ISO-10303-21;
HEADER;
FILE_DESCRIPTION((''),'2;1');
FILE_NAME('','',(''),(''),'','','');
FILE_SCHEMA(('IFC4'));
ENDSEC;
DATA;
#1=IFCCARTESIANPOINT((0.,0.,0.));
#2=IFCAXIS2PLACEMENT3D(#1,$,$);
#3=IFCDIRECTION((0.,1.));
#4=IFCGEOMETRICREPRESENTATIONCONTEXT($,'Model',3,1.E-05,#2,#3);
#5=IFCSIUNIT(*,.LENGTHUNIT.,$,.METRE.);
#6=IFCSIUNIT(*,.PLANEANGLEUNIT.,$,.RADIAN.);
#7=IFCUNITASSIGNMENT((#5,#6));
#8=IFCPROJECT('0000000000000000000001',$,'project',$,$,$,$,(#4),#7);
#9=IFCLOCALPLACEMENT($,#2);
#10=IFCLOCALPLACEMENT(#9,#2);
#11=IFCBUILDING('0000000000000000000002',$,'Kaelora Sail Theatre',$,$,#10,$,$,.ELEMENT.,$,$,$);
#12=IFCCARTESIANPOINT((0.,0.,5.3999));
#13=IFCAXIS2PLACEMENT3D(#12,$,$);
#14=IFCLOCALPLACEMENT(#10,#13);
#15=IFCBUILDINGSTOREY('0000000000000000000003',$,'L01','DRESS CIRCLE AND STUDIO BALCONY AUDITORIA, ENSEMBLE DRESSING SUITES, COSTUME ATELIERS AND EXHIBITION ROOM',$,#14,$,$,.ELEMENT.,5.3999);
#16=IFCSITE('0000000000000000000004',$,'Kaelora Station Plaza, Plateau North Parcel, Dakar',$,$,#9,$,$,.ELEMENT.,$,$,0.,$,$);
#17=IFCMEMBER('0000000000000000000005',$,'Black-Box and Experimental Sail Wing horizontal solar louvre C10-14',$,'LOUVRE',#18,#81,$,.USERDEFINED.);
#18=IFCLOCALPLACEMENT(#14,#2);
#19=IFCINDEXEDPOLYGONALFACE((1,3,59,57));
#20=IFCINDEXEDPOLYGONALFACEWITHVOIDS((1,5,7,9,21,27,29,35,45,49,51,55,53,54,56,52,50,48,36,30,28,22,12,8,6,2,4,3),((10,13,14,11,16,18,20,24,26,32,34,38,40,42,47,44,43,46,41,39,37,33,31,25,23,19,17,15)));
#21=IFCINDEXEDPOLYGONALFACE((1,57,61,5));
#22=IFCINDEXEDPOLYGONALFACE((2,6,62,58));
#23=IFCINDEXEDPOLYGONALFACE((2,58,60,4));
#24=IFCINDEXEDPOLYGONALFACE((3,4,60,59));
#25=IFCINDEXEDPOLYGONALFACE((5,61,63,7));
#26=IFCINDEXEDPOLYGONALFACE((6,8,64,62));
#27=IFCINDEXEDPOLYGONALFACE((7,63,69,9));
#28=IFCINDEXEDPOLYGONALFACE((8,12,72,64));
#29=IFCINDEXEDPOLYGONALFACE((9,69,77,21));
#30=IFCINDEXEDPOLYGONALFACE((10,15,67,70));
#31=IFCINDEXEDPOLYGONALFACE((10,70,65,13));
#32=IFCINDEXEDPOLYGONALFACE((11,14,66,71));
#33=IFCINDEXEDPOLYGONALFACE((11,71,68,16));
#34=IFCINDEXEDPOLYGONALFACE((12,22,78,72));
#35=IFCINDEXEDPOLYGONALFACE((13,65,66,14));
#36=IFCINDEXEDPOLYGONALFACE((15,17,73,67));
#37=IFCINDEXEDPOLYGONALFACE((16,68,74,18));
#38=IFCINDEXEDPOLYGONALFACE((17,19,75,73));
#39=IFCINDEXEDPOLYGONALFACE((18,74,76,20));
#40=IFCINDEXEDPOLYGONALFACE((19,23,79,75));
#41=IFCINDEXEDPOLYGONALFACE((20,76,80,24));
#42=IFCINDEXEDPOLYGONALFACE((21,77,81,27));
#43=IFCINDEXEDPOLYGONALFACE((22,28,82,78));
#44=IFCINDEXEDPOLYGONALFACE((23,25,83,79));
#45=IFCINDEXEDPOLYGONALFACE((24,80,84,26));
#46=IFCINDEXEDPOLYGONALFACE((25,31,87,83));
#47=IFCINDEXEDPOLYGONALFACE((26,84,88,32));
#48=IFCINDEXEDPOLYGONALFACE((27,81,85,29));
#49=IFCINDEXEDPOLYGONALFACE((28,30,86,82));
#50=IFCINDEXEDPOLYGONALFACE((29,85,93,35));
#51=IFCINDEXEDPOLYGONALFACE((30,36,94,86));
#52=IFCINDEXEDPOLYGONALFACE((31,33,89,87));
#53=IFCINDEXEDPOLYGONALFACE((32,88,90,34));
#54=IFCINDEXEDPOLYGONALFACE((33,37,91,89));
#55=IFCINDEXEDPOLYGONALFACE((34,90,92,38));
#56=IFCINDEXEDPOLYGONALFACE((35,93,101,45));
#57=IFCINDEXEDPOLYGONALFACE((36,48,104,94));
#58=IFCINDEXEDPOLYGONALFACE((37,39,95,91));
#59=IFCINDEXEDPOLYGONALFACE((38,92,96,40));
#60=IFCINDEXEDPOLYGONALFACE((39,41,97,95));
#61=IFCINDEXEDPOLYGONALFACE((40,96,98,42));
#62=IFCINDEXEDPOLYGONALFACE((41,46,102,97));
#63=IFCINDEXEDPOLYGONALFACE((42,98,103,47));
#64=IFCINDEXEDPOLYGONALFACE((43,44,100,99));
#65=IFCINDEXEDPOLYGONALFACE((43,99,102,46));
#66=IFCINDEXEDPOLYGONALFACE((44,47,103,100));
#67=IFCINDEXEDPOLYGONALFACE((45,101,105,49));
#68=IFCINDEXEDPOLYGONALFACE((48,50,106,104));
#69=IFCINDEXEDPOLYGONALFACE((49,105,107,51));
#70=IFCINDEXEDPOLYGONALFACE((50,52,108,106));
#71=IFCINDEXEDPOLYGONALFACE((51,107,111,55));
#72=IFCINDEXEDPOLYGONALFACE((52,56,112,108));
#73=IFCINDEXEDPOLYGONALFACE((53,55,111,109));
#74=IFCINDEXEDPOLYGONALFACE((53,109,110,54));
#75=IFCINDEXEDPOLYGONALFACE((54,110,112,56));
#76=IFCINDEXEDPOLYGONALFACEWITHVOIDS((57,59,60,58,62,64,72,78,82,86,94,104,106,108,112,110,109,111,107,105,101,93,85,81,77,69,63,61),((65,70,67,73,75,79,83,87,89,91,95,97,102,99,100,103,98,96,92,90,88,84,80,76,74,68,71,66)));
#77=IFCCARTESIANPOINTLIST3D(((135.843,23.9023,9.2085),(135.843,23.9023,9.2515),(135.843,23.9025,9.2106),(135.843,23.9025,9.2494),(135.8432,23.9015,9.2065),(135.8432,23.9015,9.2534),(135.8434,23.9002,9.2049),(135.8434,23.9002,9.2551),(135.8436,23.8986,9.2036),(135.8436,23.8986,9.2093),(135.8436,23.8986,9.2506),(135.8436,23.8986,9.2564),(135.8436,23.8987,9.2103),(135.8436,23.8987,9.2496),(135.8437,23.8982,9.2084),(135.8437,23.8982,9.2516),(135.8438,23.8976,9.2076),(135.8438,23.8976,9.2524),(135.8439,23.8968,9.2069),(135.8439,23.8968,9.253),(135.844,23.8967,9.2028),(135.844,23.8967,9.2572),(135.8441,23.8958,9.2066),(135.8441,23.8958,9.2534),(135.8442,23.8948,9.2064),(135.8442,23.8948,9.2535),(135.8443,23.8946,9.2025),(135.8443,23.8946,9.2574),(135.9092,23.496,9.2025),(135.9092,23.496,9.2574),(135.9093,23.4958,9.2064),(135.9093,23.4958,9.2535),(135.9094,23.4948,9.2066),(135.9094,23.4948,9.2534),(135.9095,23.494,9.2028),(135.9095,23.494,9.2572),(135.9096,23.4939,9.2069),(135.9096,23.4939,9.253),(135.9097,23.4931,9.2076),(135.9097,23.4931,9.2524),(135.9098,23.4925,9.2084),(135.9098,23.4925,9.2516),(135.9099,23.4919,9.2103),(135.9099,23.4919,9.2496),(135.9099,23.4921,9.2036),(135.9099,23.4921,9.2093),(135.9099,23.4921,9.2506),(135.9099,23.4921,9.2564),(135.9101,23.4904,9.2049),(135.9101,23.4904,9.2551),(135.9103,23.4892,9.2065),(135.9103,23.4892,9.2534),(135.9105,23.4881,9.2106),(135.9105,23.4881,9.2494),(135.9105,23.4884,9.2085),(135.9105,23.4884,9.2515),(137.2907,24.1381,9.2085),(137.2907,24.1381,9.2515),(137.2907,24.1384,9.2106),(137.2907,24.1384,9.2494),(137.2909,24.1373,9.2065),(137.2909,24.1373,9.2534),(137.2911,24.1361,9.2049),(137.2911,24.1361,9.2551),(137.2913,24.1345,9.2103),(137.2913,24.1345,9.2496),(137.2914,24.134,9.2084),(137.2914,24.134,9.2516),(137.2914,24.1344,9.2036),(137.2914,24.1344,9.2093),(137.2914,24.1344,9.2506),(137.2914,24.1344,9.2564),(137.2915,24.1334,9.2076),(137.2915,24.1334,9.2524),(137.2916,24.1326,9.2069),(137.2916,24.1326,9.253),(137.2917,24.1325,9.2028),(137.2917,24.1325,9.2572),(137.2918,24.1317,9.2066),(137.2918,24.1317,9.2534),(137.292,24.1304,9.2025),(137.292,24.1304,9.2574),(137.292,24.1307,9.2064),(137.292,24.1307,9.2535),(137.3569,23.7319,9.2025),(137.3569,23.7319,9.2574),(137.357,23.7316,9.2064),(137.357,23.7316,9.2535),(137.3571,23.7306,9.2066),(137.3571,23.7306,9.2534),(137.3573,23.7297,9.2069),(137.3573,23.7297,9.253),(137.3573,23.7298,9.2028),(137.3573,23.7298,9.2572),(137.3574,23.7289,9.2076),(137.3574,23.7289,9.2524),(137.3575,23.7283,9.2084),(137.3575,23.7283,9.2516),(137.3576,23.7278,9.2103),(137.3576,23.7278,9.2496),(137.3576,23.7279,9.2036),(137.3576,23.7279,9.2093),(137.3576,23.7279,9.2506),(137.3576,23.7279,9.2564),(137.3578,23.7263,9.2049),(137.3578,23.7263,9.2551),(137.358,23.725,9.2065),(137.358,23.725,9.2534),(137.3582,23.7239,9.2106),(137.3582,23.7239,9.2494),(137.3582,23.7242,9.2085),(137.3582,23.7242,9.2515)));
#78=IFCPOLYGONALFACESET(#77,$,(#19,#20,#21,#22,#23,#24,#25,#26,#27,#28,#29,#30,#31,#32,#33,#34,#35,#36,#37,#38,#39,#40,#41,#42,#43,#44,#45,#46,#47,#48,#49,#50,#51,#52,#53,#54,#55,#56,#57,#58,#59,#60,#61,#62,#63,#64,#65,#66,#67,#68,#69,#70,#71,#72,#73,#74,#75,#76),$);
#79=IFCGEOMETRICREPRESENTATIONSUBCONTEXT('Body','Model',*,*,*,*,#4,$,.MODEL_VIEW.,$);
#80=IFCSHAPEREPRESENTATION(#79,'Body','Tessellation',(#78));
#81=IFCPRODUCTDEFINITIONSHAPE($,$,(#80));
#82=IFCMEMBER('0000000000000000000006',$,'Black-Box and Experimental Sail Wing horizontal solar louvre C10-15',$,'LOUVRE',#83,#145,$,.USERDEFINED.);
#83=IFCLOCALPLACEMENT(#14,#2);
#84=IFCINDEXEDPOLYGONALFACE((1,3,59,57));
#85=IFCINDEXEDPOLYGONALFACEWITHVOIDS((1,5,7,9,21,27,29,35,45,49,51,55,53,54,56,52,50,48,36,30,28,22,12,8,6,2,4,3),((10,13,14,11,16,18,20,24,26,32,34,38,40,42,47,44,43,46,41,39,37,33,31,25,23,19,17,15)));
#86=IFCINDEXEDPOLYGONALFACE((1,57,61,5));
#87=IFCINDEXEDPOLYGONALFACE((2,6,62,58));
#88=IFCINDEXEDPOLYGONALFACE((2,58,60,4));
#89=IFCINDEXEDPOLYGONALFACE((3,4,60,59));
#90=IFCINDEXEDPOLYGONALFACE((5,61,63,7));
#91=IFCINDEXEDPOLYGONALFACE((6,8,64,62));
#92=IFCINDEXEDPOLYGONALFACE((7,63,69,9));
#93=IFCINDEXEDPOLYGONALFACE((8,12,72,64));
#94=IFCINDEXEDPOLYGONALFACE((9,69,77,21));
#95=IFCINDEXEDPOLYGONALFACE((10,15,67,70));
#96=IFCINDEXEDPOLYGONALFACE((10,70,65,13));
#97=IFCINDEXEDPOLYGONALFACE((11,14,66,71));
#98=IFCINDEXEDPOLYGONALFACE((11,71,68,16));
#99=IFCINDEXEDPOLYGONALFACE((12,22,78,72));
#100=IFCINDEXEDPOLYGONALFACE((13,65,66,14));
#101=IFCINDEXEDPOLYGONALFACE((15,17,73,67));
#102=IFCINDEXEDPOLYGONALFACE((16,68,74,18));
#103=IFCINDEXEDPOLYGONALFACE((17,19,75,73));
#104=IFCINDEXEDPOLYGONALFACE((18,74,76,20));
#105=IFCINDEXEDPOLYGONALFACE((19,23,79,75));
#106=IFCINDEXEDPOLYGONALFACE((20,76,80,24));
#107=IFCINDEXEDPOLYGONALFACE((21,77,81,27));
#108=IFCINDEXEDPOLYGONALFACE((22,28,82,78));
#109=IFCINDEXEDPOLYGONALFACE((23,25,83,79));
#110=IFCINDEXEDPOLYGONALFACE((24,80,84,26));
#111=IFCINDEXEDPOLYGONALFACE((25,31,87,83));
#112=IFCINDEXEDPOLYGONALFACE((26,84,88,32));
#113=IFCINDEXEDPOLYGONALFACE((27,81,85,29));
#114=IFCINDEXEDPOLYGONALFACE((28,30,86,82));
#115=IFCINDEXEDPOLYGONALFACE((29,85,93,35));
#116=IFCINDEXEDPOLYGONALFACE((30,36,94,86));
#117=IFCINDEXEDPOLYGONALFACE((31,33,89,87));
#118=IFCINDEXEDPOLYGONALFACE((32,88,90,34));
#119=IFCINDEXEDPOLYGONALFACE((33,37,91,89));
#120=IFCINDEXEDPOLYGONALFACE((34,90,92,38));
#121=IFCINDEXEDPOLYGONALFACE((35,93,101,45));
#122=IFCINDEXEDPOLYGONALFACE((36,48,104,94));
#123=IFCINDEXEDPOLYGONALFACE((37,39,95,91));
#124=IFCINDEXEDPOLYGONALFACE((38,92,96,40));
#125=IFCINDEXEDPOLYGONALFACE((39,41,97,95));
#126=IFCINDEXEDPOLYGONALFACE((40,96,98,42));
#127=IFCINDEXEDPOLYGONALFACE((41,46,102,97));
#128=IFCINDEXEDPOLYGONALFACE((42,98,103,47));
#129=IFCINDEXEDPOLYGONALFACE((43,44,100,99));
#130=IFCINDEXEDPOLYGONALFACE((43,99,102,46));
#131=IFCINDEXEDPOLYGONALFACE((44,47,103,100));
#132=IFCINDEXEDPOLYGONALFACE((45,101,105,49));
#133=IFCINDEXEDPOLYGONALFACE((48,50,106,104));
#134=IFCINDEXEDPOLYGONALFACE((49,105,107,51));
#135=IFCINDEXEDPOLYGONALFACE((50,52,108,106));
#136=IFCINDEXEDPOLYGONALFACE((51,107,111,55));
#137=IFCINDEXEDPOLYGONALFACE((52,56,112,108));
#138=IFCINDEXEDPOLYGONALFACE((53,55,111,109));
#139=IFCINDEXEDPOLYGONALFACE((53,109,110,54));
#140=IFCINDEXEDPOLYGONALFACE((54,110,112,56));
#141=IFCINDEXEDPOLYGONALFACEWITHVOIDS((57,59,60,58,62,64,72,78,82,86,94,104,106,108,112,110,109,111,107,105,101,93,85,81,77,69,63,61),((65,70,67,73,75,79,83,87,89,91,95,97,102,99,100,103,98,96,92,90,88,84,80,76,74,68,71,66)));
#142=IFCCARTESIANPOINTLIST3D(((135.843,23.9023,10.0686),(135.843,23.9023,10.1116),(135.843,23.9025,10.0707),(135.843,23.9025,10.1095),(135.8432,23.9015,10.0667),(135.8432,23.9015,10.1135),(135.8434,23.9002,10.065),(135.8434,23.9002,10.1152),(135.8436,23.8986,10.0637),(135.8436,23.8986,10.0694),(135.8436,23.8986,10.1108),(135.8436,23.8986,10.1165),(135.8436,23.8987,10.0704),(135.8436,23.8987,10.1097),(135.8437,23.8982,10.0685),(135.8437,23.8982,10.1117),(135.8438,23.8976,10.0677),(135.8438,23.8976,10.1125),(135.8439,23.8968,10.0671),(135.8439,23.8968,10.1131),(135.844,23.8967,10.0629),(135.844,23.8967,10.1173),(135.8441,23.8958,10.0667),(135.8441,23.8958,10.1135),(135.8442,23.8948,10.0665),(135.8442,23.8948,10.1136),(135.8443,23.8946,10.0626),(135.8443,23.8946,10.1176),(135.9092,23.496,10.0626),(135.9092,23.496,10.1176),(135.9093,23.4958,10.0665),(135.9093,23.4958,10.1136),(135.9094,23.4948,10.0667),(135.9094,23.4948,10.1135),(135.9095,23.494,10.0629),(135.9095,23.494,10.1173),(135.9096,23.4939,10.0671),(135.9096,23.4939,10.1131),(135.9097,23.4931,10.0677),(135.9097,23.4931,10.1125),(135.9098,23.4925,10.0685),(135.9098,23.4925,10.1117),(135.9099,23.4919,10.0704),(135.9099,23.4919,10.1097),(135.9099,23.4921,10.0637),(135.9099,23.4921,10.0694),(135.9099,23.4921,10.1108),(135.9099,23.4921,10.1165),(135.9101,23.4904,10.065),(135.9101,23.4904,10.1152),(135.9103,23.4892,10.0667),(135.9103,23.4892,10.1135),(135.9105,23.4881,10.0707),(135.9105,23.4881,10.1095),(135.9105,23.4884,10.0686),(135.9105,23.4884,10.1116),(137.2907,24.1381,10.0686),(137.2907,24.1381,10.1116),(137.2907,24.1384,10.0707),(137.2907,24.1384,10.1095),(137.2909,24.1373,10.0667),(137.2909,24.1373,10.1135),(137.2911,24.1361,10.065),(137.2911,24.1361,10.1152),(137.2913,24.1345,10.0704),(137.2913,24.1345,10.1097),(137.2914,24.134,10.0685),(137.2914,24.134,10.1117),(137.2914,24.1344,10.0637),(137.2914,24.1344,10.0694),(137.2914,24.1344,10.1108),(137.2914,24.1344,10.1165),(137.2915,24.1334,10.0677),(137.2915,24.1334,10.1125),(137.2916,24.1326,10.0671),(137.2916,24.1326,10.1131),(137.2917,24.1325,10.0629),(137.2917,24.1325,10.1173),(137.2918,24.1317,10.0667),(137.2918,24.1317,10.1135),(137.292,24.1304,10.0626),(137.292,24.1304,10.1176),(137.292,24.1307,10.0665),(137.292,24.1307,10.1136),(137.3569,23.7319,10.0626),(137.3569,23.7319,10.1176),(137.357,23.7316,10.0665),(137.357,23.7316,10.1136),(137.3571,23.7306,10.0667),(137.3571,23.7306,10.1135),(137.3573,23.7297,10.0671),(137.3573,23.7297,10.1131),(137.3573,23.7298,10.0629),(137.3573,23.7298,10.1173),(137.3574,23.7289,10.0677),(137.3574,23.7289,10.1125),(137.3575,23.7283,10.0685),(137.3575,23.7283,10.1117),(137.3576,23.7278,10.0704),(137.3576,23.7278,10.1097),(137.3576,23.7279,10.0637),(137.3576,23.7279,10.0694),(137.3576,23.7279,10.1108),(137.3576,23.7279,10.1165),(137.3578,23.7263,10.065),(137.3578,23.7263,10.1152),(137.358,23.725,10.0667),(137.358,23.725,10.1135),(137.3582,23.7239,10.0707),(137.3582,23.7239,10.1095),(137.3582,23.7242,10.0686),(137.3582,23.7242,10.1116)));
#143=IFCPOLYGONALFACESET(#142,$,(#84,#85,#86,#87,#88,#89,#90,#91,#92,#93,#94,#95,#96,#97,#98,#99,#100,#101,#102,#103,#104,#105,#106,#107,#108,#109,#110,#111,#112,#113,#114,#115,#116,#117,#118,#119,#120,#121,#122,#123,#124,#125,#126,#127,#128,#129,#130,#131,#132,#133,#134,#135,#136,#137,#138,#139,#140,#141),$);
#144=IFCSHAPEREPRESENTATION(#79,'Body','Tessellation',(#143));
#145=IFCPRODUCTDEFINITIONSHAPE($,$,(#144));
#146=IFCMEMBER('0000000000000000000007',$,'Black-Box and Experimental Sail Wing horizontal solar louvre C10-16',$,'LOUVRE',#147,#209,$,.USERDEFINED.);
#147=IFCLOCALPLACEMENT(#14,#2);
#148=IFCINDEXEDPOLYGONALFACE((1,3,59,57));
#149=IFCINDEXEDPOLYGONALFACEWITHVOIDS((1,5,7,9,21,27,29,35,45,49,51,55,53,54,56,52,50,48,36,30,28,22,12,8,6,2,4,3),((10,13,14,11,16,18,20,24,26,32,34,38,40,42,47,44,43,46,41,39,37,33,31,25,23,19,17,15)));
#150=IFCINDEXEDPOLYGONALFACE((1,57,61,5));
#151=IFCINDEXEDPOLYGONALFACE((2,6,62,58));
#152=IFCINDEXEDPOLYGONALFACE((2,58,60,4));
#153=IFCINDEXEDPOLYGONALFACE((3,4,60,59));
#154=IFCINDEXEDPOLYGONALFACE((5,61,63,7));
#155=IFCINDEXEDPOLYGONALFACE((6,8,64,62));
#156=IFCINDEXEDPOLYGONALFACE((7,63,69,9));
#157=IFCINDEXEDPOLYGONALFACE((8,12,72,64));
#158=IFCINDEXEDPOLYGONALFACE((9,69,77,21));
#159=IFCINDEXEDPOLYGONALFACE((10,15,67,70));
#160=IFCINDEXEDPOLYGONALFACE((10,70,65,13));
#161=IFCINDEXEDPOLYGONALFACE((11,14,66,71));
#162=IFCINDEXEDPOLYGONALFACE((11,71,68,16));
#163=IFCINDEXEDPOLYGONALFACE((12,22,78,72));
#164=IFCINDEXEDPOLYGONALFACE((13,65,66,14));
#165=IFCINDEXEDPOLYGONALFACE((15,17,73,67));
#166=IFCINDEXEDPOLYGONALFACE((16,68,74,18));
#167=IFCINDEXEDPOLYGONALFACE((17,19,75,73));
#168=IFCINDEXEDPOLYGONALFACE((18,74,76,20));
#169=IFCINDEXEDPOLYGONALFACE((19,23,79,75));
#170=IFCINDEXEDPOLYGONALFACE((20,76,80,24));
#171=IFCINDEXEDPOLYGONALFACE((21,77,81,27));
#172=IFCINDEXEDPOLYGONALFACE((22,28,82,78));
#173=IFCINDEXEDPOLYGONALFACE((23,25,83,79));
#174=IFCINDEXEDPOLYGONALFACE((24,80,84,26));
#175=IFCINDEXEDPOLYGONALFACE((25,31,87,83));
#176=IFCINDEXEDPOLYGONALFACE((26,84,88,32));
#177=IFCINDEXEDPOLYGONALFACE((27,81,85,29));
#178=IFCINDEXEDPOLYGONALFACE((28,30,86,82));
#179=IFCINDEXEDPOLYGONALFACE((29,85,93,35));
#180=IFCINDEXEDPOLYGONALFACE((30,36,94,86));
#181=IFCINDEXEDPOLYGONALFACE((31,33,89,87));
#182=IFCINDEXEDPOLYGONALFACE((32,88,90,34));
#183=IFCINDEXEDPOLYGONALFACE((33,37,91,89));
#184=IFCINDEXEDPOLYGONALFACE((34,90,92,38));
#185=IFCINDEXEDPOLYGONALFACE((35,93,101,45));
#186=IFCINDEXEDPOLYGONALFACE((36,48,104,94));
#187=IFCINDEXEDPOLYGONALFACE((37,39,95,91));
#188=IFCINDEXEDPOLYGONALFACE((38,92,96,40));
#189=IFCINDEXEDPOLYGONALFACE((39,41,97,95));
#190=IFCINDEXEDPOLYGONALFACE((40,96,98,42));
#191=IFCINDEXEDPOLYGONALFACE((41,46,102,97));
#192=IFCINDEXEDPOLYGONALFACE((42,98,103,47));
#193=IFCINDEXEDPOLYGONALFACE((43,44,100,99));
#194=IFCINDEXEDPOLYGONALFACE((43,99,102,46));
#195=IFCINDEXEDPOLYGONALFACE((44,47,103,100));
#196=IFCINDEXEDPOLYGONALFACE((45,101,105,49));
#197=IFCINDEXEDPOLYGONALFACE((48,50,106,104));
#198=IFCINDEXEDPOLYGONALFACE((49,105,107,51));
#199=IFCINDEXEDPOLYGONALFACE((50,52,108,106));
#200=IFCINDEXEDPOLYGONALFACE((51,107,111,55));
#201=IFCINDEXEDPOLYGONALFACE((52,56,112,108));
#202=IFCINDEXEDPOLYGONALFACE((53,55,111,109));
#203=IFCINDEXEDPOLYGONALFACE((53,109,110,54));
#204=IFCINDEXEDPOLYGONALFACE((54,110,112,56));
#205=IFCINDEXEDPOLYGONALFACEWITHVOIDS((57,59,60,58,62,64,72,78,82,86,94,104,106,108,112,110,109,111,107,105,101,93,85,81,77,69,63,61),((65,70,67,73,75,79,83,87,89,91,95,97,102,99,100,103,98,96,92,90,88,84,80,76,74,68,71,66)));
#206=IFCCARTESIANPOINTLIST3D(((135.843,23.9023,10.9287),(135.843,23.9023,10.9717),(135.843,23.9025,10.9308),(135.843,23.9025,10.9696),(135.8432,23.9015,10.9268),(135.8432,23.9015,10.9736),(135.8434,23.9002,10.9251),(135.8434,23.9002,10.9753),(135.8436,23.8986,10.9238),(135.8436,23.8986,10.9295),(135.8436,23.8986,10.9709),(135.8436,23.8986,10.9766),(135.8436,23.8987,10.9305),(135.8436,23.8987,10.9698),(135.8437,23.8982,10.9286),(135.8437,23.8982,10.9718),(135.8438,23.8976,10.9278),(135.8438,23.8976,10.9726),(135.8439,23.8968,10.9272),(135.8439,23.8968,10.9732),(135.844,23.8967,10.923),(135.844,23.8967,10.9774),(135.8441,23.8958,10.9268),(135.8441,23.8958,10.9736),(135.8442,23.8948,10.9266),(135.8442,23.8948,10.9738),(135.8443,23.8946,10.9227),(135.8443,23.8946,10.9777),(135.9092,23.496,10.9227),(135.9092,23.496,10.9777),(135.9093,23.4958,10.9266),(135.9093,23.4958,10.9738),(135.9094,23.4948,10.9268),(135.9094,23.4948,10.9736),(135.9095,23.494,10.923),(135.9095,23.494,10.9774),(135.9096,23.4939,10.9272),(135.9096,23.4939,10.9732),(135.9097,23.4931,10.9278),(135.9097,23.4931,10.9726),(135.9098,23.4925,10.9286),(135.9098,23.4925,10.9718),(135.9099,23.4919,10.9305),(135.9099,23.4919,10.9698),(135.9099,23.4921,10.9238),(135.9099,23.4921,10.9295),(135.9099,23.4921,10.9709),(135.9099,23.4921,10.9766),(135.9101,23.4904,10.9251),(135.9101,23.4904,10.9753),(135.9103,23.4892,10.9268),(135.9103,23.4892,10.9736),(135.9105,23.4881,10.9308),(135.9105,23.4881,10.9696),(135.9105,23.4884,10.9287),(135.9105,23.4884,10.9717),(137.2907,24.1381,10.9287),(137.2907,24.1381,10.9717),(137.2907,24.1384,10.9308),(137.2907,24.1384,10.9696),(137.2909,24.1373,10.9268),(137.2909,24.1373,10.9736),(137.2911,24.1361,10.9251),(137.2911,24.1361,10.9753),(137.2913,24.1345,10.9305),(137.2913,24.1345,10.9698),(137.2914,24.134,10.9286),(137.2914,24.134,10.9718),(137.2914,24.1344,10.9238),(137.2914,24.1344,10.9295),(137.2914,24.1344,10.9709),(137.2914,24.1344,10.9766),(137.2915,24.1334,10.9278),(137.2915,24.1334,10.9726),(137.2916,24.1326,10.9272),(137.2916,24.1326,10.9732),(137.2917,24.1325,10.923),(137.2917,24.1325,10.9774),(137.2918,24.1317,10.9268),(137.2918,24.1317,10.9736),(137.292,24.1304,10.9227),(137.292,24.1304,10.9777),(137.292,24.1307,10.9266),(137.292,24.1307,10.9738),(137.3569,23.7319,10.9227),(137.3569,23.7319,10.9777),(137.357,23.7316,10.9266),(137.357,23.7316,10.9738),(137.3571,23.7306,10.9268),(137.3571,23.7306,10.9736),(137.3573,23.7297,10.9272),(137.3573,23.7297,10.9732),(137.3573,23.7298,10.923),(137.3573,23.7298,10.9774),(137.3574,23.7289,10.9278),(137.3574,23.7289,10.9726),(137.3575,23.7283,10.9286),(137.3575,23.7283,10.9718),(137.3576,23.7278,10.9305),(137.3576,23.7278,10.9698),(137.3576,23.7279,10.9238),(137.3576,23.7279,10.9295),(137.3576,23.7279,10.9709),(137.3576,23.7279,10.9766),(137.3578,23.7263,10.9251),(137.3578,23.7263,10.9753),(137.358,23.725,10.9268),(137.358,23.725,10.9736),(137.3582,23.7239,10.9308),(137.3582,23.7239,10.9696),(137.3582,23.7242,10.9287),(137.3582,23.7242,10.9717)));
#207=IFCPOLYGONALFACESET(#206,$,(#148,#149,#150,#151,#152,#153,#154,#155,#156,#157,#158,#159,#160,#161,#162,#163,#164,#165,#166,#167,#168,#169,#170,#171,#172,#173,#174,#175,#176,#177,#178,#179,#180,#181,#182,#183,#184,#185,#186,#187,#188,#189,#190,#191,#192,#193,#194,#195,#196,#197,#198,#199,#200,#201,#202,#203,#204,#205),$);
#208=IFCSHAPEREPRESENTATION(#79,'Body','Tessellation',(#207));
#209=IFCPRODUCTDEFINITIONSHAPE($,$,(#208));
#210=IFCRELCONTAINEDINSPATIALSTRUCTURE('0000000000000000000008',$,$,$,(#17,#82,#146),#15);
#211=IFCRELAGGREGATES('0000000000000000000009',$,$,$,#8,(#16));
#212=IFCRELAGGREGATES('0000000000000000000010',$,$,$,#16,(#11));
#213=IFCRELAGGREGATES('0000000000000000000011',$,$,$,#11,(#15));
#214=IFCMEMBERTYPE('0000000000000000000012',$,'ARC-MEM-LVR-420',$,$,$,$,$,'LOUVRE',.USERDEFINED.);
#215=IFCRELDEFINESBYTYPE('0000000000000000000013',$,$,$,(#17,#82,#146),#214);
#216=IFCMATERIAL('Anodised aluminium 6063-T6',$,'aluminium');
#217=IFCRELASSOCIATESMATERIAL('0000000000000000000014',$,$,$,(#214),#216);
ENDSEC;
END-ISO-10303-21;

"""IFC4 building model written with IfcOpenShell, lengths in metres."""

from ifc_helpers import new_model, si_unit, direction, frame, origin, origin_2d, place, context, subcontext, project, spatial, hollow_rectangle, extrude, material, material_profile, profile_set, type_object, element, save


model = new_model("IFC4")

# Units and contexts
model_context = context("Model", 3, precision=1e-05, world=origin(), true_north=direction((0.0, 1.0)))
body_context = subcontext(model_context, "Body", "Model", "MODEL_VIEW")
ifc_project = project(units=[si_unit("LENGTHUNIT", "METRE"), si_unit("PLANEANGLEUNIT", "RADIAN")], contexts=[model_context])

# Site, building, storey
site_placement = place(None, origin())
site = spatial("IfcSite", under=ifc_project, at=site_placement, Name="Kaelora Station Plaza, Plateau North Parcel, Dakar", CompositionType="ELEMENT", RefElevation=0.0)
building_placement = place(site_placement, origin())
building = spatial("IfcBuilding", under=site, at=building_placement, Name="Kaelora Sail Theatre", CompositionType="ELEMENT")
storey_placement = place(building_placement, frame((0.0, 0.0, 5.3999)))
storey = spatial("IfcBuildingStorey", under=building, at=storey_placement, Name="L01", Description="DRESS CIRCLE AND STUDIO BALCONY AUDITORIA, ENSEMBLE DRESSING SUITES, COSTUME ATELIERS AND EXHIBITION ROOM", CompositionType="ELEMENT", Elevation=5.3999)

# Members
ifc_material = material(Name="Anodised aluminium 6063-T6", Category="aluminium")
ifc_material_profile = material_profile(ifc_material, hollow_rectangle(XDim=0.4199, YDim=0.0549, WallThickness=0.0039, InnerFilletRadius=0.0039, OuterFilletRadius=0.0081, at=origin_2d()), Name="LOUVRE 420x55x4")
ifc_profile_set = profile_set([ifc_material_profile], Name="Anodised aluminium 6063-T6")
member_type = type_object("IfcMemberType", Name="ARC-MEM-LVR-420", ElementType="LOUVRE", PredefinedType="USERDEFINED", material=ifc_profile_set)
for number, where, z_axis, x_axis, name in (
    (1, (137.3245, 23.9312, 9.23), (-0.98699, -0.160781, 0.0), (0.160781, -0.98699, 0.0), "Black-Box and Experimental Sail Wing horizontal solar louvre C10-14"),
    (2, (137.3245, 23.9312, 10.0901), (-0.98699, -0.160781, 0.0), (0.160781, -0.98699, 0.0), "Black-Box and Experimental Sail Wing horizontal solar louvre C10-15"),
    (3, (137.3245, 23.9312, 10.9502), (-0.98699, -0.160781, 0.0), (0.160781, -0.98699, 0.0), "Black-Box and Experimental Sail Wing horizontal solar louvre C10-16"),
):
    element("IfcMember", number, at=place(storey_placement, frame(where, z_axis=z_axis, x_axis=x_axis)), inside=storey, type_object=member_type, Name=name, ObjectType="LOUVRE", PredefinedType="USERDEFINED", context=body_context, shape_type="SweptSolid", body=[
        extrude(hollow_rectangle(XDim=0.4199, YDim=0.0549, WallThickness=0.0039, InnerFilletRadius=0.0039, OuterFilletRadius=0.0081, at=origin_2d()), origin(), (0.0, 0.0, 1.0), 1.4668),
    ])

save(model, "model.ifc")
